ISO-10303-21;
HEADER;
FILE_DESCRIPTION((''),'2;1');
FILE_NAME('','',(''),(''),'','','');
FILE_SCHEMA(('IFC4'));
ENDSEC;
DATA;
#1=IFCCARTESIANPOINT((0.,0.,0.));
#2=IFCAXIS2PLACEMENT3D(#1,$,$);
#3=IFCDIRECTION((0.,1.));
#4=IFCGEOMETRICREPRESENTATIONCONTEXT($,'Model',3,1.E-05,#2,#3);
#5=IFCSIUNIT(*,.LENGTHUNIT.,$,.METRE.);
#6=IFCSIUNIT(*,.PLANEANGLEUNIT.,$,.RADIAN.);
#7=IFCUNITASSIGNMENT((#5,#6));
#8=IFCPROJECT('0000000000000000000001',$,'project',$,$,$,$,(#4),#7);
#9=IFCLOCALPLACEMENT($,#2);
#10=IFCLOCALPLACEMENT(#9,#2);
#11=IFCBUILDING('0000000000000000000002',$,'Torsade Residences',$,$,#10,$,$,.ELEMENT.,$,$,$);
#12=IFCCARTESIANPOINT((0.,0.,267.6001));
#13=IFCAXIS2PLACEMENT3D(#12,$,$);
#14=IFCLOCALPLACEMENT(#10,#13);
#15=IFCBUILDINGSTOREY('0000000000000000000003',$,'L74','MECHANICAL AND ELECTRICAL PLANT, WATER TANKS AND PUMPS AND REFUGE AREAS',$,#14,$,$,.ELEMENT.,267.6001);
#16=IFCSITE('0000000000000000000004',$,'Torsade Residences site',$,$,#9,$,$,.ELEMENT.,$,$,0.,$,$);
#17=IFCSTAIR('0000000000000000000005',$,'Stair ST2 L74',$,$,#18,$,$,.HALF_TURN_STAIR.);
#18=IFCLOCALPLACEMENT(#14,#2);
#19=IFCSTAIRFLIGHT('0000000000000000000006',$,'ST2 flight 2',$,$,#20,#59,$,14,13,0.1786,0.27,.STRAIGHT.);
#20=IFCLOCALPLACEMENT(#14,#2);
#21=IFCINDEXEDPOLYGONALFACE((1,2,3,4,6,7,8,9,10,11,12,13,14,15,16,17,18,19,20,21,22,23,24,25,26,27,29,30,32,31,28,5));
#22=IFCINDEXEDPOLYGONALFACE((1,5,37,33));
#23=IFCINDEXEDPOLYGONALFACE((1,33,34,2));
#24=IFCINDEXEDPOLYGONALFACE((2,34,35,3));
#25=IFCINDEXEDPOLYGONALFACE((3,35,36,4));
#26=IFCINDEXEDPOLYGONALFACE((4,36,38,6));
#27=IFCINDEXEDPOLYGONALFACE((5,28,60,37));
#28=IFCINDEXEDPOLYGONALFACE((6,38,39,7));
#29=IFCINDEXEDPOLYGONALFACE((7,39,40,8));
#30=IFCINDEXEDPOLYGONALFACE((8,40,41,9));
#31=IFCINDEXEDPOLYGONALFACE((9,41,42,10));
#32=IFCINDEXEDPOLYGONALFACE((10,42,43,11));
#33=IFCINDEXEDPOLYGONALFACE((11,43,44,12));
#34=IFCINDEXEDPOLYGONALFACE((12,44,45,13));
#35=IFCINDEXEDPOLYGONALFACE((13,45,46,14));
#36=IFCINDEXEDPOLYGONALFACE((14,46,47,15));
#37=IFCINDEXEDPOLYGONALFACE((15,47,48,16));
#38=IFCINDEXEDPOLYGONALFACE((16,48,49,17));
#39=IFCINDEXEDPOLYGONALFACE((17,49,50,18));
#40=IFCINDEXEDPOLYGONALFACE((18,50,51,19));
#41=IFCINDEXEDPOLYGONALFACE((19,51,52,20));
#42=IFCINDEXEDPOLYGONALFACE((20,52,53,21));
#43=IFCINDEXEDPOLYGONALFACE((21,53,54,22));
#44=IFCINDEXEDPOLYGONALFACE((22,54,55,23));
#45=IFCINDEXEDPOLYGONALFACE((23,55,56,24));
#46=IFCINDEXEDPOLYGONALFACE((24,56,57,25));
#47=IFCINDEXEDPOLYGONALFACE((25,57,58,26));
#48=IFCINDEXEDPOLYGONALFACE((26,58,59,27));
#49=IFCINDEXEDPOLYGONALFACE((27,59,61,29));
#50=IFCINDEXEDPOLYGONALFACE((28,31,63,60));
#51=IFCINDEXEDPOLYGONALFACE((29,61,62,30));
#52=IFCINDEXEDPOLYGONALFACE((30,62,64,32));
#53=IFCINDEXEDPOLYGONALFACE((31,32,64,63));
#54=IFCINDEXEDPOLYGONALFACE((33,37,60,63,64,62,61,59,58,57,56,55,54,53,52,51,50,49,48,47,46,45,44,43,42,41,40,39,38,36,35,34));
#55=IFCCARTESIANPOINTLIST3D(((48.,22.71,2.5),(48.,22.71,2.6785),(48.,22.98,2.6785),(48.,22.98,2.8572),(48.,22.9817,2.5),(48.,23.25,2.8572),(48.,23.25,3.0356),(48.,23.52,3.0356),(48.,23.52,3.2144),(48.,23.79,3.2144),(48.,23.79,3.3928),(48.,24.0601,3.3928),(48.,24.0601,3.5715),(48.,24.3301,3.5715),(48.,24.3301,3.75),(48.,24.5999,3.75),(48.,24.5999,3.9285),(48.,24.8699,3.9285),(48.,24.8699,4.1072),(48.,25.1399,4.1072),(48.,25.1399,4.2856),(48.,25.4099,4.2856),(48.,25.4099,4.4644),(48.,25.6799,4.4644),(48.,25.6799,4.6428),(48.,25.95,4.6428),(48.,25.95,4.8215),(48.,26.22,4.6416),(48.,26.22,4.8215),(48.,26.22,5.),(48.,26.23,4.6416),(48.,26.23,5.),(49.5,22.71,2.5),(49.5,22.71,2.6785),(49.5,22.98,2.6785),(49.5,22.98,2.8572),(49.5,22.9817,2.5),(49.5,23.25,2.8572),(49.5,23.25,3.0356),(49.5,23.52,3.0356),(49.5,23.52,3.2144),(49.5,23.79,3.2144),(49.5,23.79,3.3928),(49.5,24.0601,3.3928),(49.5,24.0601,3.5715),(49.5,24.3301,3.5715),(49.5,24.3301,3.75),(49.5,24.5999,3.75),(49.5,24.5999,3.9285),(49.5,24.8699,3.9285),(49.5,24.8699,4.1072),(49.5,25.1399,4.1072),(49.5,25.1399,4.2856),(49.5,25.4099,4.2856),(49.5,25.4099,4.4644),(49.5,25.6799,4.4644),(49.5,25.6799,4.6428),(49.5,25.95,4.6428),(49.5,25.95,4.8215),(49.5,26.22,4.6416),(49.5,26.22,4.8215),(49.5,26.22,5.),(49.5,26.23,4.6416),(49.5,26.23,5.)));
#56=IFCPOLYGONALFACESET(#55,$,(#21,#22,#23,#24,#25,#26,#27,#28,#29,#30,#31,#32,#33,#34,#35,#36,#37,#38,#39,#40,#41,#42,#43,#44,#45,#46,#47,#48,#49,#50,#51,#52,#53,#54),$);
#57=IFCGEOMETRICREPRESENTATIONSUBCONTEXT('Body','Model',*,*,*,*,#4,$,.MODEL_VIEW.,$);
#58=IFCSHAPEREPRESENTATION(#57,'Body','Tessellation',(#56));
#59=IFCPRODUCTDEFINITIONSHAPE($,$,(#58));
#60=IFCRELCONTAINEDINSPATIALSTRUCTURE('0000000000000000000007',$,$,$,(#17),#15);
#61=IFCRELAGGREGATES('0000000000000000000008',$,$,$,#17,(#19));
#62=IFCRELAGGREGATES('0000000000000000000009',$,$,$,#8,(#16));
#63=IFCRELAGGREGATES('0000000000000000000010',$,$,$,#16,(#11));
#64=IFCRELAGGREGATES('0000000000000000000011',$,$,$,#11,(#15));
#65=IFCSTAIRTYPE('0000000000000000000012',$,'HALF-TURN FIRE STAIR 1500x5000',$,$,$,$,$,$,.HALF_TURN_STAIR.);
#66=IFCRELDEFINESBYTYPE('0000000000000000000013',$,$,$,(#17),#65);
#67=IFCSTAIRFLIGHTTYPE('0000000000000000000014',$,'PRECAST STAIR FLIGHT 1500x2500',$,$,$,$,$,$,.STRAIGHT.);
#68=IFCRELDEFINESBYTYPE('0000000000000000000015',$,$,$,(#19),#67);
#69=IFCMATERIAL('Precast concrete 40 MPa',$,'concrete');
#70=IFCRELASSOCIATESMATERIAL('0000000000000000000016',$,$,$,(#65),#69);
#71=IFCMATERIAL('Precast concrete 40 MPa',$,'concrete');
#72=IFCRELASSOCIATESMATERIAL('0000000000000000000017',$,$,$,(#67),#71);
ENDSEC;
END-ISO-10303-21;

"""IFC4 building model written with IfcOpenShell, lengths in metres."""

from ifc_helpers import new_model, si_unit, direction, frame, origin, place, context, subcontext, project, spatial, polyline, outline, extrude, material, type_object, element, aggregate, save


model = new_model("IFC4")

# Units and contexts
model_context = context("Model", 3, precision=1e-05, world=origin(), true_north=direction((0.0, 1.0)))
body_context = subcontext(model_context, "Body", "Model", "MODEL_VIEW")
ifc_project = project(units=[si_unit("LENGTHUNIT", "METRE"), si_unit("PLANEANGLEUNIT", "RADIAN")], contexts=[model_context])

# Site, building, storey
site_placement = place(None, origin())
site = spatial("IfcSite", under=ifc_project, at=site_placement, Name="Torsade Residences site", CompositionType="ELEMENT", RefElevation=0.0)
building_placement = place(site_placement, origin())
building = spatial("IfcBuilding", under=site, at=building_placement, Name="Torsade Residences", CompositionType="ELEMENT")
storey_placement = place(building_placement, frame((0.0, 0.0, 267.6001)))
storey = spatial("IfcBuildingStorey", under=building, at=storey_placement, Name="L74", Description="MECHANICAL AND ELECTRICAL PLANT, WATER TANKS AND PUMPS AND REFUGE AREAS", CompositionType="ELEMENT", Elevation=267.6001)

# Stair, stair flight
ifc_material_1 = material(Name="Precast concrete 40 MPa", Category="concrete")
stair_type = type_object("IfcStairType", Name="HALF-TURN FIRE STAIR 1500x5000", PredefinedType="HALF_TURN_STAIR", material=ifc_material_1)
stair_placement = place(storey_placement, origin())
stair = element("IfcStair", 1, at=stair_placement, inside=storey, type_object=stair_type, Name="Stair ST2 L74", PredefinedType="HALF_TURN_STAIR")
ifc_material_2 = material(Name="Precast concrete 40 MPa", Category="concrete")
stair_flight_type = type_object("IfcStairFlightType", Name="PRECAST STAIR FLIGHT 1500x2500", PredefinedType="STRAIGHT", material=ifc_material_2)
stair_flight_placement = place(storey_placement, frame((48.75, 22.71, 2.5), z_axis=(0.0, 0.0, 1.0), x_axis=(0.0, 1.0, 0.0)))
stair_flight = element("IfcStairFlight", 2, at=stair_flight_placement, type_object=stair_flight_type, Name="ST2 flight 2", NumberOfRisers=14, NumberOfTreads=13, PredefinedType="STRAIGHT", RiserHeight=0.1786, TreadLength=0.27, context=body_context, shape_type="SweptSolid", body=[
    extrude(outline(polyline([(0.0, 0.0), (0.0, 0.1785), (0.27, 0.1785), (0.27, 0.3572), (0.54, 0.3572), (0.54, 0.5356), (0.8101, 0.5356), (0.8101, 0.7144), (1.0801, 0.7144), (1.0801, 0.8928), (1.3501, 0.8928), (1.3501, 1.0715), (1.6201, 1.0715), (1.6201, 1.25), (1.8899, 1.25), (1.8899, 1.4285), (2.1599, 1.4285), (2.1599, 1.6072), (2.4299, 1.6072), (2.4299, 1.7856), (2.7, 1.7856), (2.7, 1.9644), (2.97, 1.9644), (2.97, 2.1428), (3.24, 2.1428), (3.24, 2.3215), (3.51, 2.3215), (3.51, 2.5), (3.52, 2.5), (3.52, 2.1416), (3.51, 2.1416), (0.2717, 0.0), (0.0, 0.0)])), frame((0.0, 0.75, 0.0), z_axis=(0.0, -1.0, 0.0), x_axis=(1.0, 0.0, 0.0)), (0.0, 0.0, 1.0), 1.5),
])
aggregate(stair, [stair_flight])

save(model, "model.ifc")
